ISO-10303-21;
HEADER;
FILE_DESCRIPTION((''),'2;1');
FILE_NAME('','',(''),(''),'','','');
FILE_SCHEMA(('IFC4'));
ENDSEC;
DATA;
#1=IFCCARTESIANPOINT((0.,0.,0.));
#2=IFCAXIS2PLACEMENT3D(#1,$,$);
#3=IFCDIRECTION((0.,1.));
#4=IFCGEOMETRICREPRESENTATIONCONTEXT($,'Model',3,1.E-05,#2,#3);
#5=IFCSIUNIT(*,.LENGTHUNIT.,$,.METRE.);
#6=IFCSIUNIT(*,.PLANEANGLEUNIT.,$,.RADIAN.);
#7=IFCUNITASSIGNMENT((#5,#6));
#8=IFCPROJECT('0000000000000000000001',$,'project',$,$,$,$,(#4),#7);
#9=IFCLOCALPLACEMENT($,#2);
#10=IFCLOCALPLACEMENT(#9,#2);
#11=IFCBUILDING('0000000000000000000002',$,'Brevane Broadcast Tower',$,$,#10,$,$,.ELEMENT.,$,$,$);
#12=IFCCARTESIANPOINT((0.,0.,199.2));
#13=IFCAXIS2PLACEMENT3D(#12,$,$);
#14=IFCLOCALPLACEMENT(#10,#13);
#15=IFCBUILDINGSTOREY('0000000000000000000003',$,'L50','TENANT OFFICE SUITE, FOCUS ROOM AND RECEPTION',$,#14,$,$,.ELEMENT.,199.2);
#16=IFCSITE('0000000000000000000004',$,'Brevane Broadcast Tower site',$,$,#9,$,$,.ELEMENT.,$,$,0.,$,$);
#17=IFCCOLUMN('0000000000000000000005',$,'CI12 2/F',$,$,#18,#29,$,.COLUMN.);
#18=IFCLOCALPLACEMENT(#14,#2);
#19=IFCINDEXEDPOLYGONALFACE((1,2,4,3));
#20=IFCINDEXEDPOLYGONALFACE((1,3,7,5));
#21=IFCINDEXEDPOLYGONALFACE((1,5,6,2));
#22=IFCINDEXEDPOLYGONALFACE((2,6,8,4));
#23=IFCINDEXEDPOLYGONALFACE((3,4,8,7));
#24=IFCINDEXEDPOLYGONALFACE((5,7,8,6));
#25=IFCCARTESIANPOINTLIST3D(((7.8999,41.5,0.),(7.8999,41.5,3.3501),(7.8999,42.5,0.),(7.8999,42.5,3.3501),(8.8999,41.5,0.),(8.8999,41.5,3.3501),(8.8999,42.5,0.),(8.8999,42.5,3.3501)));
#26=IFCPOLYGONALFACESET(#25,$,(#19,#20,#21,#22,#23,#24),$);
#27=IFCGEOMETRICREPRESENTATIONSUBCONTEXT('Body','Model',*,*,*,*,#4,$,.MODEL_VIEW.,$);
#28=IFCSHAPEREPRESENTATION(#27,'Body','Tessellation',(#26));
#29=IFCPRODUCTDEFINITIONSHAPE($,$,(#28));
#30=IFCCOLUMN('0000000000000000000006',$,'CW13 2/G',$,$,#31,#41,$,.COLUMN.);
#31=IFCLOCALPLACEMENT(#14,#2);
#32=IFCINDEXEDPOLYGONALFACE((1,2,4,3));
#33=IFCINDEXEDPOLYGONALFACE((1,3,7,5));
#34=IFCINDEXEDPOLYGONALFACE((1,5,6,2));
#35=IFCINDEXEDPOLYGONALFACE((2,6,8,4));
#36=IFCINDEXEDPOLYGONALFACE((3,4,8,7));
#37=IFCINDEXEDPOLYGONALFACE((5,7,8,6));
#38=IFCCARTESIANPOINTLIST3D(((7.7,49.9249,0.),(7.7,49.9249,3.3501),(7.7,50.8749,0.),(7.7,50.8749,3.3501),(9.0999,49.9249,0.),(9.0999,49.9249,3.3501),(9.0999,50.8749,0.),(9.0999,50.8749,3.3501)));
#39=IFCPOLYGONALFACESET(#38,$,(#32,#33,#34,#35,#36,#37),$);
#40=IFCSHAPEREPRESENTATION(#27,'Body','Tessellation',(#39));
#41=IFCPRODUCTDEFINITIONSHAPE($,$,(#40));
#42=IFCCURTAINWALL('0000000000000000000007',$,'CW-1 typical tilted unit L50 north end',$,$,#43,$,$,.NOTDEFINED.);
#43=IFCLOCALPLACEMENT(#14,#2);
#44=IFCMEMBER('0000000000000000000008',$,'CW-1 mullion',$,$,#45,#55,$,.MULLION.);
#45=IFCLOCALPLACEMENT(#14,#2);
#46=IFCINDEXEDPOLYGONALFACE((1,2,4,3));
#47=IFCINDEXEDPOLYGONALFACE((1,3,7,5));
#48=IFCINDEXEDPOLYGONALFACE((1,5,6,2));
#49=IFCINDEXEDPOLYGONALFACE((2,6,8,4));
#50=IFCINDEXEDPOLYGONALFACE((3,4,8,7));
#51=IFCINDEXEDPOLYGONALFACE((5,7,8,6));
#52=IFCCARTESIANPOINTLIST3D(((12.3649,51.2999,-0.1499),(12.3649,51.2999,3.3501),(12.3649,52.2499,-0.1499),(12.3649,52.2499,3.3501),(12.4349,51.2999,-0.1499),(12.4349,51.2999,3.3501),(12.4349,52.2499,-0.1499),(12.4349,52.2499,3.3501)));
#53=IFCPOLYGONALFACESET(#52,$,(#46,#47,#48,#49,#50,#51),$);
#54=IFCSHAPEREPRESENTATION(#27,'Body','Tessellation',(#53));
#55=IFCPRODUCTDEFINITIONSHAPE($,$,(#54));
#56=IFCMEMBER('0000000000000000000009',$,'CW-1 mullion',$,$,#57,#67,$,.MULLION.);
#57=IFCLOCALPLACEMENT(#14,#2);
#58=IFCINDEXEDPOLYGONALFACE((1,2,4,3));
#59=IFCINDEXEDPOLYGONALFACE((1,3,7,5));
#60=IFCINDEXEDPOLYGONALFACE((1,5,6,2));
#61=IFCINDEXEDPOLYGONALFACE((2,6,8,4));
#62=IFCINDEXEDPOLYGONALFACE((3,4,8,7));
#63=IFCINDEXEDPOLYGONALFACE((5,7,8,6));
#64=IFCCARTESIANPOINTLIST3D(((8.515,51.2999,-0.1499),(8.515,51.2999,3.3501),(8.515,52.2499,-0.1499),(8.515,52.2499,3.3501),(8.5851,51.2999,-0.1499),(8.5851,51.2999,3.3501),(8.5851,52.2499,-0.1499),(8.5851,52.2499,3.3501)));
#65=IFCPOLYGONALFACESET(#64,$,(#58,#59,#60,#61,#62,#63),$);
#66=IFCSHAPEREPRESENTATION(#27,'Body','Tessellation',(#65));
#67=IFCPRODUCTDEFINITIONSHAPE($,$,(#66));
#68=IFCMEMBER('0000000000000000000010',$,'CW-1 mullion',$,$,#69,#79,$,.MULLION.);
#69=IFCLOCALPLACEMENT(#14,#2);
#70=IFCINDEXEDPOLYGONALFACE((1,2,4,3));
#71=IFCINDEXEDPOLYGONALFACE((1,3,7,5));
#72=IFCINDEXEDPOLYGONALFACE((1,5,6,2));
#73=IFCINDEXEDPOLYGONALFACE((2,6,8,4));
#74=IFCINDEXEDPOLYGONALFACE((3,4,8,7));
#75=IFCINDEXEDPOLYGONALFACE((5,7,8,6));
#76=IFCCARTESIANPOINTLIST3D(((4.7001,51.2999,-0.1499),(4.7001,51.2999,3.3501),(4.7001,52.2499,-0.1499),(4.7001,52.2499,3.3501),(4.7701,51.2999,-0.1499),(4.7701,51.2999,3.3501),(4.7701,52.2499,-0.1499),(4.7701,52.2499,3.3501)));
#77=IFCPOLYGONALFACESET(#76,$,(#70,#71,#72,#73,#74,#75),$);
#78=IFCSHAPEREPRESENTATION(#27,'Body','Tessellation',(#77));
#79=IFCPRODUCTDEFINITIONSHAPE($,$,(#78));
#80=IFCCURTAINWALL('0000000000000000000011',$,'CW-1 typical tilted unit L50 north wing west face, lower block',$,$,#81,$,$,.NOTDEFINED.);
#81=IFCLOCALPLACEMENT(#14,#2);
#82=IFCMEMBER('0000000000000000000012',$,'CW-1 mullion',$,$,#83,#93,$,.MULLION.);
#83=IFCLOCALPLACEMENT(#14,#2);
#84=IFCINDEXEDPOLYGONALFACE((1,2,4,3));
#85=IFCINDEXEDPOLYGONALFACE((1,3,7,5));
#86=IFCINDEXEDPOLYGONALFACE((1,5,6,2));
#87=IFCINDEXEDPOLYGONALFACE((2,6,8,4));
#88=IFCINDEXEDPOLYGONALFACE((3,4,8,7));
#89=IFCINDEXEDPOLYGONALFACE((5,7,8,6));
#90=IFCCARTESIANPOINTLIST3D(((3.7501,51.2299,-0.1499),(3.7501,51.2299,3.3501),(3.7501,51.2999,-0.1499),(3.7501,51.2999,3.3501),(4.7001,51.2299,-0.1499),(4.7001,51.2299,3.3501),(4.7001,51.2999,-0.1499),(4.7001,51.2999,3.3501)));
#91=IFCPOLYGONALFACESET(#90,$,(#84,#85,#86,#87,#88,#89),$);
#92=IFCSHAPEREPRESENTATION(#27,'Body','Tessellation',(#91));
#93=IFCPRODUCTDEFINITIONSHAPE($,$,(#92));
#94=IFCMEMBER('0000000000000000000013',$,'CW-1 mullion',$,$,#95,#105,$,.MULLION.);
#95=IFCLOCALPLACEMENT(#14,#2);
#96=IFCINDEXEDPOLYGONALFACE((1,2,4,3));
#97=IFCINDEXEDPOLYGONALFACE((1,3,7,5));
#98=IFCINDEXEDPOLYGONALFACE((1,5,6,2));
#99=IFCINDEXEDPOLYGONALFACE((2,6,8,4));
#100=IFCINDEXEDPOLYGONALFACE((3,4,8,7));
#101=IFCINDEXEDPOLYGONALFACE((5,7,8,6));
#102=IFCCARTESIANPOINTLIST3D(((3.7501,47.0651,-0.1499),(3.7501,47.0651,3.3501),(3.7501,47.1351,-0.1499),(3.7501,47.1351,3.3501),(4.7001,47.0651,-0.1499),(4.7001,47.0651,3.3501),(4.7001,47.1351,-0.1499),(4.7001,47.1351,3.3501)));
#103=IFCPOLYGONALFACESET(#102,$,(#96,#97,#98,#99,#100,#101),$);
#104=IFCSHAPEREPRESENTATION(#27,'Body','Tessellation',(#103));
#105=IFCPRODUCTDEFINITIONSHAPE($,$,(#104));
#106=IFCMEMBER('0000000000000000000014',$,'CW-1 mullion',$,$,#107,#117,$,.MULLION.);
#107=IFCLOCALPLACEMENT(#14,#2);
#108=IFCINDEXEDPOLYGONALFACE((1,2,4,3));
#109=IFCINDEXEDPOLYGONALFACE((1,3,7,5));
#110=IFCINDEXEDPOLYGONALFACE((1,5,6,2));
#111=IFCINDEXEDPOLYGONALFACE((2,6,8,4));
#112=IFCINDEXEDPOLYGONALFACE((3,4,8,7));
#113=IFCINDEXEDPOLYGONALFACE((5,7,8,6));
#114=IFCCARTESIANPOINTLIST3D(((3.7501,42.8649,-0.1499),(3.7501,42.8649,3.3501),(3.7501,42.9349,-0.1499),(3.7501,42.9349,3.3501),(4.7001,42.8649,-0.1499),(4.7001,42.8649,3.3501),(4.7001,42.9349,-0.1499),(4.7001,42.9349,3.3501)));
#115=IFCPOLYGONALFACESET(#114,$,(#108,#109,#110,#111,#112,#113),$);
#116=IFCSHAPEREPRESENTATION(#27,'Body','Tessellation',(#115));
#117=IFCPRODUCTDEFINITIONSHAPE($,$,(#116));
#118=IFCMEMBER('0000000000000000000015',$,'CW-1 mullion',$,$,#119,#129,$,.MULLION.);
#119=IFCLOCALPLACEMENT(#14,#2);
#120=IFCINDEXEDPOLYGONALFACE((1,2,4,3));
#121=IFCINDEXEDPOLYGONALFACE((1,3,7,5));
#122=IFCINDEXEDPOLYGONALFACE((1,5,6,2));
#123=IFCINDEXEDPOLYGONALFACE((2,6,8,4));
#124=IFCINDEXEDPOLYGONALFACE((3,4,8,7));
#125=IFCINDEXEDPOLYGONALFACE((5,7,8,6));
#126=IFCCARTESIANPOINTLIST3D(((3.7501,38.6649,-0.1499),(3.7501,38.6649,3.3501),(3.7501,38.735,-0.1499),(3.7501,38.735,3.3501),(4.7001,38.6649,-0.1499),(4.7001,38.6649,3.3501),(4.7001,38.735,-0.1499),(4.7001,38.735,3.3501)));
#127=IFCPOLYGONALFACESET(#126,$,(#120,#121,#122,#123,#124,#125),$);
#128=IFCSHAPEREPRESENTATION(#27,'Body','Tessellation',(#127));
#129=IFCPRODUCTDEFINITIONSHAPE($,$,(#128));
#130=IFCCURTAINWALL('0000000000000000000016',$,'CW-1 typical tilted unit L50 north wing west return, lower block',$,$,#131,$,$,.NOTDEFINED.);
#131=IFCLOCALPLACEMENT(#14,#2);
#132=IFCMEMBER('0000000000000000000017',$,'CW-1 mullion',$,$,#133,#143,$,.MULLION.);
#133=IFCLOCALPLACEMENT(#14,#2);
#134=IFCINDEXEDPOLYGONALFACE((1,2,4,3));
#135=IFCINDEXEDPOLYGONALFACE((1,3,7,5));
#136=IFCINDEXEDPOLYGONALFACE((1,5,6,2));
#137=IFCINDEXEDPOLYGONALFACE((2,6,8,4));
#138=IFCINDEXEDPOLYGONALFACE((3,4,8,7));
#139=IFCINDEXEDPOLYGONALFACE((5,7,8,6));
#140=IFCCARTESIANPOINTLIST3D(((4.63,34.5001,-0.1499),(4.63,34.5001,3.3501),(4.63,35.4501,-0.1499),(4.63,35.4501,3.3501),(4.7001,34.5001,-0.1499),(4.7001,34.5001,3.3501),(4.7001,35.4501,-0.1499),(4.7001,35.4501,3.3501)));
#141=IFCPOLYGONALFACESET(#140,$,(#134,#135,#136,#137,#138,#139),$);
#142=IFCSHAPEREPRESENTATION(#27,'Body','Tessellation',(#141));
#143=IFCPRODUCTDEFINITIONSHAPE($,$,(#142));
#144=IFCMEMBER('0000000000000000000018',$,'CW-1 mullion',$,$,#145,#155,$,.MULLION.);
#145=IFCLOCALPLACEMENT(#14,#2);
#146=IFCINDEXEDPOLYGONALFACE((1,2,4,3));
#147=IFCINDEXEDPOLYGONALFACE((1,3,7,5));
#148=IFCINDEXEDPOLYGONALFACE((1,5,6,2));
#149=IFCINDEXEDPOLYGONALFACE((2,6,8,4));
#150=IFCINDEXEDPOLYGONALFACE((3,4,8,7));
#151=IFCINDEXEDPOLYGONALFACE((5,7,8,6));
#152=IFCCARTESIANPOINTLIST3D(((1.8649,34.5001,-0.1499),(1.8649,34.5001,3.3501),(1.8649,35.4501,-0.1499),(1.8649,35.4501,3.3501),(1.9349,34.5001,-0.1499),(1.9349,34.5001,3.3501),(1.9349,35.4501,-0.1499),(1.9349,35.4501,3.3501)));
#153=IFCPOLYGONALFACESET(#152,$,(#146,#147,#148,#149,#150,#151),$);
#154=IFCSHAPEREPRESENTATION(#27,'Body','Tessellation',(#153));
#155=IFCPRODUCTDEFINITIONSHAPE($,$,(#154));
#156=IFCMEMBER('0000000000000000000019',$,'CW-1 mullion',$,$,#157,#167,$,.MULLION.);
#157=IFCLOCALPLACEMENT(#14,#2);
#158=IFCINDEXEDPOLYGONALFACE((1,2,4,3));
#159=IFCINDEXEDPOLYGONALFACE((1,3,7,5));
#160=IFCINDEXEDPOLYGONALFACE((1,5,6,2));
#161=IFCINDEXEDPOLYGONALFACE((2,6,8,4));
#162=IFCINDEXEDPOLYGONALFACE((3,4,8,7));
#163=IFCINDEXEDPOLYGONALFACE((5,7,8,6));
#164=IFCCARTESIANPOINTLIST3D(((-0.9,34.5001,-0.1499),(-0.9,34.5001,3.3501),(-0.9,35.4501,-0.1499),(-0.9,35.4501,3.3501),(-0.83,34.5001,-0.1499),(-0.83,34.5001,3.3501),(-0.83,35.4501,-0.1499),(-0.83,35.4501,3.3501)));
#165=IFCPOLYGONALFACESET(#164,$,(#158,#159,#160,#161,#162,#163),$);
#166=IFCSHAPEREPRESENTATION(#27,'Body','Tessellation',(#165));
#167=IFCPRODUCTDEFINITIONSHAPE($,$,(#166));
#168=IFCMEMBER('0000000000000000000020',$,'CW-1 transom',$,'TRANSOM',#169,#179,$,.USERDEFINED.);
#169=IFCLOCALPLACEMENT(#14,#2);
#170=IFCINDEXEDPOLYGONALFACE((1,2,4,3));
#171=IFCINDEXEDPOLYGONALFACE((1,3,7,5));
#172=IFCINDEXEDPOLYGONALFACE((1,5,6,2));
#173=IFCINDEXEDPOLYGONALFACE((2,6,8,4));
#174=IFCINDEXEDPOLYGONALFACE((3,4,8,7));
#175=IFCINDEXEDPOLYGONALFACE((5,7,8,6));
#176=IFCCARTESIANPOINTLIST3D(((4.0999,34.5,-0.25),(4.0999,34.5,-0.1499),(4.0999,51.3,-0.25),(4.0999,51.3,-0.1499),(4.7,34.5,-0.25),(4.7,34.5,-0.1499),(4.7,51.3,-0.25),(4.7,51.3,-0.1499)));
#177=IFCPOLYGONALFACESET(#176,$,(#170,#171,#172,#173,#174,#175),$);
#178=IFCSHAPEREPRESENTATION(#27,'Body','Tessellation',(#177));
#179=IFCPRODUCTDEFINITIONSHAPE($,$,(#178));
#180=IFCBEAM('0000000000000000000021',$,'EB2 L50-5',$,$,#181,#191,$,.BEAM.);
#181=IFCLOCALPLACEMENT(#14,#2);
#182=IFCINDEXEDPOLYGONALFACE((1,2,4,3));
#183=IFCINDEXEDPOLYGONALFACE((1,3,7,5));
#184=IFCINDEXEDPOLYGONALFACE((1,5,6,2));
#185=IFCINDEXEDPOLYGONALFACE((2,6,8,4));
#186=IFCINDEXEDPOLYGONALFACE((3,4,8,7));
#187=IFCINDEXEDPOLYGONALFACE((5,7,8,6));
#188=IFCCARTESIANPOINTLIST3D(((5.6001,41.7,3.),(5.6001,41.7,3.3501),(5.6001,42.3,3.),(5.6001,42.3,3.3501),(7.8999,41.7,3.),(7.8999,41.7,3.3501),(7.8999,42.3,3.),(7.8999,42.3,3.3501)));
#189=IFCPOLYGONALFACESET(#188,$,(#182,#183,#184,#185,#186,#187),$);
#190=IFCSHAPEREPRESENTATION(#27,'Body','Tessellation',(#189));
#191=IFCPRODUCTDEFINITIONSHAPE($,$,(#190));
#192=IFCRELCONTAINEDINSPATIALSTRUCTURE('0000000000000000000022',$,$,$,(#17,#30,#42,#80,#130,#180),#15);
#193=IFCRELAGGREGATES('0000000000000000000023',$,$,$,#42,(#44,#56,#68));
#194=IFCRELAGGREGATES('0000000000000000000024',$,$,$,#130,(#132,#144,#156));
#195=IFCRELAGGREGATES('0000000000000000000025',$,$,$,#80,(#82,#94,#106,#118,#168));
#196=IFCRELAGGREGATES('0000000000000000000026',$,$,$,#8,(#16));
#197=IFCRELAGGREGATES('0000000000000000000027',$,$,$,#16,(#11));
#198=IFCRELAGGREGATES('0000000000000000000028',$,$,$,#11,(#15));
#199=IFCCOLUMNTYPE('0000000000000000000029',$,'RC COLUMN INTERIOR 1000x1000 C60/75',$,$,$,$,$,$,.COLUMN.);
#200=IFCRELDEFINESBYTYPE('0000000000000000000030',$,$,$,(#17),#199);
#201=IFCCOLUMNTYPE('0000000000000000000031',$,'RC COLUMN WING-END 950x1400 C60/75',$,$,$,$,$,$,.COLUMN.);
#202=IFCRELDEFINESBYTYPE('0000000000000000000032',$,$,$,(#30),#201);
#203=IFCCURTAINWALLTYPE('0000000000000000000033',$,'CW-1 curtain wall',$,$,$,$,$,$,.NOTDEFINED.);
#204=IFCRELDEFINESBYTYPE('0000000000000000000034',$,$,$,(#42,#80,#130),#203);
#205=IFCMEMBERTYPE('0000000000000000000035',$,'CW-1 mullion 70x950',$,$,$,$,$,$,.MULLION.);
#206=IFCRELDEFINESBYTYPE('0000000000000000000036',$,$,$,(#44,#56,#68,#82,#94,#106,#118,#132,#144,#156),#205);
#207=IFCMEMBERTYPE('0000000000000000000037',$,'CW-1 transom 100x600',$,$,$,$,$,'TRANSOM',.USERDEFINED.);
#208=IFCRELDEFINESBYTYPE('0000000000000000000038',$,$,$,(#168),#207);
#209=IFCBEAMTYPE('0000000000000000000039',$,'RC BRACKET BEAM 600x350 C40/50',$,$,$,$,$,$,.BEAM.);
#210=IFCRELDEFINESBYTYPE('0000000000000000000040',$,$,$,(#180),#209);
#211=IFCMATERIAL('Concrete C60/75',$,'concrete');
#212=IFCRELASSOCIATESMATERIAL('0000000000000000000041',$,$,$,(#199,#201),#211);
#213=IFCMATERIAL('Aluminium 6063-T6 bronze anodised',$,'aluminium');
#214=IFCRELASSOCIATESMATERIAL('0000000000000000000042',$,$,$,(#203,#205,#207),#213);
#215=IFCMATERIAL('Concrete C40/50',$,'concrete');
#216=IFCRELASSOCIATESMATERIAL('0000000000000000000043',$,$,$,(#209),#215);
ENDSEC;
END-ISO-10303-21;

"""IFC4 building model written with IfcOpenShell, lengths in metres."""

from ifc_helpers import new_model, si_unit, direction, frame, origin, origin_2d, place, context, subcontext, project, spatial, rectangle, extrude, material, material_profile, profile_set, type_object, element, aggregate, save


model = new_model("IFC4")

# Units and contexts
model_context = context("Model", 3, precision=1e-05, world=origin(), true_north=direction((0.0, 1.0)))
body_context = subcontext(model_context, "Body", "Model", "MODEL_VIEW")
ifc_project = project(units=[si_unit("LENGTHUNIT", "METRE"), si_unit("PLANEANGLEUNIT", "RADIAN")], contexts=[model_context])

# Site, building, storey
site_placement = place(None, origin())
site = spatial("IfcSite", under=ifc_project, at=site_placement, Name="Brevane Broadcast Tower site", CompositionType="ELEMENT", RefElevation=0.0)
building_placement = place(site_placement, origin())
building = spatial("IfcBuilding", under=site, at=building_placement, Name="Brevane Broadcast Tower", CompositionType="ELEMENT")
storey_placement = place(building_placement, frame((0.0, 0.0, 199.2)))
storey = spatial("IfcBuildingStorey", under=building, at=storey_placement, Name="L50", Description="TENANT OFFICE SUITE, FOCUS ROOM AND RECEPTION", CompositionType="ELEMENT", Elevation=199.2)

# Columns
ifc_material_1 = material(Name="Concrete C60/75", Category="concrete")
ifc_material_profile_1 = material_profile(ifc_material_1, rectangle(XDim=1.0, YDim=1.0, at=origin_2d()), Name="RC 1000x1000")
ifc_profile_set_1 = profile_set([ifc_material_profile_1], Name="Concrete C60/75")
column_type_1 = type_object("IfcColumnType", Name="RC COLUMN INTERIOR 1000x1000 C60/75", PredefinedType="COLUMN", material=ifc_profile_set_1)
column_1_placement = place(storey_placement, frame((8.3999, 42.0, 0.0), z_axis=(0.0, 0.0, 1.0), x_axis=(1.0, 0.0, 0.0)))
element("IfcColumn", 1, at=column_1_placement, inside=storey, type_object=column_type_1, Name="CI12 2/F", PredefinedType="COLUMN", context=body_context, shape_type="SweptSolid", body=[
    extrude(rectangle(XDim=1.0, YDim=1.0, at=origin_2d()), origin(), (0.0, 0.0, 1.0), 3.3501),
])
ifc_material_profile_2 = material_profile(ifc_material_1, rectangle(XDim=0.95, YDim=1.3999, at=origin_2d()), Name="RC 950x1400")
ifc_profile_set_2 = profile_set([ifc_material_profile_2], Name="Concrete C60/75")
column_type_2 = type_object("IfcColumnType", Name="RC COLUMN WING-END 950x1400 C60/75", PredefinedType="COLUMN", material=ifc_profile_set_2)
column_2_placement = place(storey_placement, frame((8.3999, 50.3999, 0.0), z_axis=(0.0, 0.0, 1.0), x_axis=(0.0, 1.0, 0.0)))
element("IfcColumn", 2, at=column_2_placement, inside=storey, type_object=column_type_2, Name="CW13 2/G", PredefinedType="COLUMN", context=body_context, shape_type="SweptSolid", body=[
    extrude(rectangle(XDim=0.95, YDim=1.3999, at=origin_2d()), origin(), (0.0, 0.0, 1.0), 3.3501),
])

# Curtain walls, members
ifc_material_2 = material(Name="Aluminium 6063-T6 bronze anodised", Category="aluminium")
curtain_wall_type = type_object("IfcCurtainWallType", Name="CW-1 curtain wall", PredefinedType="NOTDEFINED", material=ifc_material_2)
curtain_wall_1_placement = place(storey_placement, origin())
curtain_wall_1 = element("IfcCurtainWall", 3, at=curtain_wall_1_placement, inside=storey, type_object=curtain_wall_type, Name="CW-1 typical tilted unit L50 north end", PredefinedType="NOTDEFINED")
ifc_material_profile_3 = material_profile(ifc_material_2, rectangle(XDim=0.95, YDim=0.0701, at=origin_2d()), Name="RECT 70x950")
ifc_profile_set_3 = profile_set([ifc_material_profile_3], Name="Aluminium 6063-T6 bronze anodised")
member_type_1 = type_object("IfcMemberType", Name="CW-1 mullion 70x950", PredefinedType="MULLION", material=ifc_profile_set_3)
member_1_placement = place(storey_placement, frame((12.3999, 51.7749, -0.1499), z_axis=(0.0, 0.0, 1.0), x_axis=(0.0, -1.0, 0.0)))
member_1 = element("IfcMember", 4, at=member_1_placement, type_object=member_type_1, Name="CW-1 mullion", PredefinedType="MULLION", context=body_context, shape_type="SweptSolid", body=[
    extrude(rectangle(XDim=0.95, YDim=0.0701, at=origin_2d()), origin(), (0.0, 0.0, 1.0), 3.5),
])
member_2_placement = place(storey_placement, frame((8.55, 51.7749, -0.1499), z_axis=(0.0, 0.0, 1.0), x_axis=(0.0, -1.0, 0.0)))
member_2 = element("IfcMember", 5, at=member_2_placement, type_object=member_type_1, Name="CW-1 mullion", PredefinedType="MULLION", context=body_context, shape_type="SweptSolid", body=[
    extrude(rectangle(XDim=0.95, YDim=0.0701, at=origin_2d()), origin(), (0.0, 0.0, 1.0), 3.5),
])
member_3_placement = place(storey_placement, frame((4.7351, 51.7749, -0.1499), z_axis=(0.0, 0.0, 1.0), x_axis=(0.0, -1.0, 0.0)))
member_3 = element("IfcMember", 6, at=member_3_placement, type_object=member_type_1, Name="CW-1 mullion", PredefinedType="MULLION", context=body_context, shape_type="SweptSolid", body=[
    extrude(rectangle(XDim=0.95, YDim=0.0701, at=origin_2d()), origin(), (0.0, 0.0, 1.0), 3.5),
])
aggregate(curtain_wall_1, [member_1, member_2, member_3])
curtain_wall_2_placement = place(storey_placement, origin())
curtain_wall_2 = element("IfcCurtainWall", 7, at=curtain_wall_2_placement, inside=storey, type_object=curtain_wall_type, Name="CW-1 typical tilted unit L50 north wing west face, lower block", PredefinedType="NOTDEFINED")
member_4_placement = place(storey_placement, frame((4.2251, 51.2649, -0.1499), z_axis=(0.0, 0.0, 1.0), x_axis=(1.0, 0.0, 0.0)))
member_4 = element("IfcMember", 8, at=member_4_placement, type_object=member_type_1, Name="CW-1 mullion", PredefinedType="MULLION", context=body_context, shape_type="SweptSolid", body=[
    extrude(rectangle(XDim=0.95, YDim=0.0701, at=origin_2d()), origin(), (0.0, 0.0, 1.0), 3.5),
])
member_5_placement = place(storey_placement, frame((4.2251, 47.1001, -0.1499), z_axis=(0.0, 0.0, 1.0), x_axis=(1.0, 0.0, 0.0)))
member_5 = element("IfcMember", 9, at=member_5_placement, type_object=member_type_1, Name="CW-1 mullion", PredefinedType="MULLION", context=body_context, shape_type="SweptSolid", body=[
    extrude(rectangle(XDim=0.95, YDim=0.0701, at=origin_2d()), origin(), (0.0, 0.0, 1.0), 3.5),
])
member_6_placement = place(storey_placement, frame((4.2251, 42.8999, -0.1499), z_axis=(0.0, 0.0, 1.0), x_axis=(1.0, 0.0, 0.0)))
member_6 = element("IfcMember", 10, at=member_6_placement, type_object=member_type_1, Name="CW-1 mullion", PredefinedType="MULLION", context=body_context, shape_type="SweptSolid", body=[
    extrude(rectangle(XDim=0.95, YDim=0.0701, at=origin_2d()), origin(), (0.0, 0.0, 1.0), 3.5),
])
member_7_placement = place(storey_placement, frame((4.2251, 38.7, -0.1499), z_axis=(0.0, 0.0, 1.0), x_axis=(1.0, 0.0, 0.0)))
member_7 = element("IfcMember", 11, at=member_7_placement, type_object=member_type_1, Name="CW-1 mullion", PredefinedType="MULLION", context=body_context, shape_type="SweptSolid", body=[
    extrude(rectangle(XDim=0.95, YDim=0.0701, at=origin_2d()), origin(), (0.0, 0.0, 1.0), 3.5),
])
curtain_wall_3_placement = place(storey_placement, origin())
curtain_wall_3 = element("IfcCurtainWall", 12, at=curtain_wall_3_placement, inside=storey, type_object=curtain_wall_type, Name="CW-1 typical tilted unit L50 north wing west return, lower block", PredefinedType="NOTDEFINED")
member_8_placement = place(storey_placement, frame((4.665, 34.9751, -0.1499), z_axis=(0.0, 0.0, 1.0), x_axis=(0.0, -1.0, 0.0)))
member_8 = element("IfcMember", 13, at=member_8_placement, type_object=member_type_1, Name="CW-1 mullion", PredefinedType="MULLION", context=body_context, shape_type="SweptSolid", body=[
    extrude(rectangle(XDim=0.95, YDim=0.0701, at=origin_2d()), origin(), (0.0, 0.0, 1.0), 3.5),
])
member_9_placement = place(storey_placement, frame((1.8999, 34.9751, -0.1499), z_axis=(0.0, 0.0, 1.0), x_axis=(0.0, -1.0, 0.0)))
member_9 = element("IfcMember", 14, at=member_9_placement, type_object=member_type_1, Name="CW-1 mullion", PredefinedType="MULLION", context=body_context, shape_type="SweptSolid", body=[
    extrude(rectangle(XDim=0.95, YDim=0.0701, at=origin_2d()), origin(), (0.0, 0.0, 1.0), 3.5),
])
member_10_placement = place(storey_placement, frame((-0.865, 34.9751, -0.1499), z_axis=(0.0, 0.0, 1.0), x_axis=(0.0, -1.0, 0.0)))
member_10 = element("IfcMember", 15, at=member_10_placement, type_object=member_type_1, Name="CW-1 mullion", PredefinedType="MULLION", context=body_context, shape_type="SweptSolid", body=[
    extrude(rectangle(XDim=0.95, YDim=0.0701, at=origin_2d()), origin(), (0.0, 0.0, 1.0), 3.5),
])
aggregate(curtain_wall_3, [member_8, member_9, member_10])

# Member
ifc_material_profile_4 = material_profile(ifc_material_2, rectangle(XDim=0.6001, YDim=0.1001, at=origin_2d()), Name="RECT 100x600")
ifc_profile_set_4 = profile_set([ifc_material_profile_4], Name="Aluminium 6063-T6 bronze anodised")
member_type_2 = type_object("IfcMemberType", Name="CW-1 transom 100x600", ElementType="TRANSOM", PredefinedType="USERDEFINED", material=ifc_profile_set_4)
member_11_placement = place(storey_placement, frame((4.3999, 51.3, -0.2), z_axis=(0.0, -1.0, 0.0), x_axis=(1.0, 0.0, 0.0)))
member_11 = element("IfcMember", 16, at=member_11_placement, type_object=member_type_2, Name="CW-1 transom", ObjectType="TRANSOM", PredefinedType="USERDEFINED", context=body_context, shape_type="SweptSolid", body=[
    extrude(rectangle(XDim=0.6001, YDim=0.1001, at=origin_2d()), origin(), (0.0, 0.0, 1.0), 16.8),
])
aggregate(curtain_wall_2, [member_4, member_5, member_6, member_7, member_11])

# Beam
ifc_material_3 = material(Name="Concrete C40/50", Category="concrete")
ifc_material_profile_5 = material_profile(ifc_material_3, rectangle(XDim=0.6001, YDim=0.3501, at=origin_2d()), Name="RC 600x350")
ifc_profile_set_5 = profile_set([ifc_material_profile_5], Name="Concrete C40/50")
beam_type_1 = type_object("IfcBeamType", Name="RC BRACKET BEAM 600x350 C40/50", PredefinedType="BEAM", material=ifc_profile_set_5)
beam_1_placement = place(storey_placement, frame((7.8999, 42.0, 3.175), z_axis=(-1.0, 0.0, 0.0), x_axis=(0.0, -1.0, 0.0)))
element("IfcBeam", 17, at=beam_1_placement, inside=storey, type_object=beam_type_1, Name="EB2 L50-5", PredefinedType="BEAM", context=body_context, shape_type="SweptSolid", body=[
    extrude(rectangle(XDim=0.6001, YDim=0.3501, at=origin_2d()), origin(), (0.0, 0.0, 1.0), 2.2998),
])

save(model, "model.ifc")
